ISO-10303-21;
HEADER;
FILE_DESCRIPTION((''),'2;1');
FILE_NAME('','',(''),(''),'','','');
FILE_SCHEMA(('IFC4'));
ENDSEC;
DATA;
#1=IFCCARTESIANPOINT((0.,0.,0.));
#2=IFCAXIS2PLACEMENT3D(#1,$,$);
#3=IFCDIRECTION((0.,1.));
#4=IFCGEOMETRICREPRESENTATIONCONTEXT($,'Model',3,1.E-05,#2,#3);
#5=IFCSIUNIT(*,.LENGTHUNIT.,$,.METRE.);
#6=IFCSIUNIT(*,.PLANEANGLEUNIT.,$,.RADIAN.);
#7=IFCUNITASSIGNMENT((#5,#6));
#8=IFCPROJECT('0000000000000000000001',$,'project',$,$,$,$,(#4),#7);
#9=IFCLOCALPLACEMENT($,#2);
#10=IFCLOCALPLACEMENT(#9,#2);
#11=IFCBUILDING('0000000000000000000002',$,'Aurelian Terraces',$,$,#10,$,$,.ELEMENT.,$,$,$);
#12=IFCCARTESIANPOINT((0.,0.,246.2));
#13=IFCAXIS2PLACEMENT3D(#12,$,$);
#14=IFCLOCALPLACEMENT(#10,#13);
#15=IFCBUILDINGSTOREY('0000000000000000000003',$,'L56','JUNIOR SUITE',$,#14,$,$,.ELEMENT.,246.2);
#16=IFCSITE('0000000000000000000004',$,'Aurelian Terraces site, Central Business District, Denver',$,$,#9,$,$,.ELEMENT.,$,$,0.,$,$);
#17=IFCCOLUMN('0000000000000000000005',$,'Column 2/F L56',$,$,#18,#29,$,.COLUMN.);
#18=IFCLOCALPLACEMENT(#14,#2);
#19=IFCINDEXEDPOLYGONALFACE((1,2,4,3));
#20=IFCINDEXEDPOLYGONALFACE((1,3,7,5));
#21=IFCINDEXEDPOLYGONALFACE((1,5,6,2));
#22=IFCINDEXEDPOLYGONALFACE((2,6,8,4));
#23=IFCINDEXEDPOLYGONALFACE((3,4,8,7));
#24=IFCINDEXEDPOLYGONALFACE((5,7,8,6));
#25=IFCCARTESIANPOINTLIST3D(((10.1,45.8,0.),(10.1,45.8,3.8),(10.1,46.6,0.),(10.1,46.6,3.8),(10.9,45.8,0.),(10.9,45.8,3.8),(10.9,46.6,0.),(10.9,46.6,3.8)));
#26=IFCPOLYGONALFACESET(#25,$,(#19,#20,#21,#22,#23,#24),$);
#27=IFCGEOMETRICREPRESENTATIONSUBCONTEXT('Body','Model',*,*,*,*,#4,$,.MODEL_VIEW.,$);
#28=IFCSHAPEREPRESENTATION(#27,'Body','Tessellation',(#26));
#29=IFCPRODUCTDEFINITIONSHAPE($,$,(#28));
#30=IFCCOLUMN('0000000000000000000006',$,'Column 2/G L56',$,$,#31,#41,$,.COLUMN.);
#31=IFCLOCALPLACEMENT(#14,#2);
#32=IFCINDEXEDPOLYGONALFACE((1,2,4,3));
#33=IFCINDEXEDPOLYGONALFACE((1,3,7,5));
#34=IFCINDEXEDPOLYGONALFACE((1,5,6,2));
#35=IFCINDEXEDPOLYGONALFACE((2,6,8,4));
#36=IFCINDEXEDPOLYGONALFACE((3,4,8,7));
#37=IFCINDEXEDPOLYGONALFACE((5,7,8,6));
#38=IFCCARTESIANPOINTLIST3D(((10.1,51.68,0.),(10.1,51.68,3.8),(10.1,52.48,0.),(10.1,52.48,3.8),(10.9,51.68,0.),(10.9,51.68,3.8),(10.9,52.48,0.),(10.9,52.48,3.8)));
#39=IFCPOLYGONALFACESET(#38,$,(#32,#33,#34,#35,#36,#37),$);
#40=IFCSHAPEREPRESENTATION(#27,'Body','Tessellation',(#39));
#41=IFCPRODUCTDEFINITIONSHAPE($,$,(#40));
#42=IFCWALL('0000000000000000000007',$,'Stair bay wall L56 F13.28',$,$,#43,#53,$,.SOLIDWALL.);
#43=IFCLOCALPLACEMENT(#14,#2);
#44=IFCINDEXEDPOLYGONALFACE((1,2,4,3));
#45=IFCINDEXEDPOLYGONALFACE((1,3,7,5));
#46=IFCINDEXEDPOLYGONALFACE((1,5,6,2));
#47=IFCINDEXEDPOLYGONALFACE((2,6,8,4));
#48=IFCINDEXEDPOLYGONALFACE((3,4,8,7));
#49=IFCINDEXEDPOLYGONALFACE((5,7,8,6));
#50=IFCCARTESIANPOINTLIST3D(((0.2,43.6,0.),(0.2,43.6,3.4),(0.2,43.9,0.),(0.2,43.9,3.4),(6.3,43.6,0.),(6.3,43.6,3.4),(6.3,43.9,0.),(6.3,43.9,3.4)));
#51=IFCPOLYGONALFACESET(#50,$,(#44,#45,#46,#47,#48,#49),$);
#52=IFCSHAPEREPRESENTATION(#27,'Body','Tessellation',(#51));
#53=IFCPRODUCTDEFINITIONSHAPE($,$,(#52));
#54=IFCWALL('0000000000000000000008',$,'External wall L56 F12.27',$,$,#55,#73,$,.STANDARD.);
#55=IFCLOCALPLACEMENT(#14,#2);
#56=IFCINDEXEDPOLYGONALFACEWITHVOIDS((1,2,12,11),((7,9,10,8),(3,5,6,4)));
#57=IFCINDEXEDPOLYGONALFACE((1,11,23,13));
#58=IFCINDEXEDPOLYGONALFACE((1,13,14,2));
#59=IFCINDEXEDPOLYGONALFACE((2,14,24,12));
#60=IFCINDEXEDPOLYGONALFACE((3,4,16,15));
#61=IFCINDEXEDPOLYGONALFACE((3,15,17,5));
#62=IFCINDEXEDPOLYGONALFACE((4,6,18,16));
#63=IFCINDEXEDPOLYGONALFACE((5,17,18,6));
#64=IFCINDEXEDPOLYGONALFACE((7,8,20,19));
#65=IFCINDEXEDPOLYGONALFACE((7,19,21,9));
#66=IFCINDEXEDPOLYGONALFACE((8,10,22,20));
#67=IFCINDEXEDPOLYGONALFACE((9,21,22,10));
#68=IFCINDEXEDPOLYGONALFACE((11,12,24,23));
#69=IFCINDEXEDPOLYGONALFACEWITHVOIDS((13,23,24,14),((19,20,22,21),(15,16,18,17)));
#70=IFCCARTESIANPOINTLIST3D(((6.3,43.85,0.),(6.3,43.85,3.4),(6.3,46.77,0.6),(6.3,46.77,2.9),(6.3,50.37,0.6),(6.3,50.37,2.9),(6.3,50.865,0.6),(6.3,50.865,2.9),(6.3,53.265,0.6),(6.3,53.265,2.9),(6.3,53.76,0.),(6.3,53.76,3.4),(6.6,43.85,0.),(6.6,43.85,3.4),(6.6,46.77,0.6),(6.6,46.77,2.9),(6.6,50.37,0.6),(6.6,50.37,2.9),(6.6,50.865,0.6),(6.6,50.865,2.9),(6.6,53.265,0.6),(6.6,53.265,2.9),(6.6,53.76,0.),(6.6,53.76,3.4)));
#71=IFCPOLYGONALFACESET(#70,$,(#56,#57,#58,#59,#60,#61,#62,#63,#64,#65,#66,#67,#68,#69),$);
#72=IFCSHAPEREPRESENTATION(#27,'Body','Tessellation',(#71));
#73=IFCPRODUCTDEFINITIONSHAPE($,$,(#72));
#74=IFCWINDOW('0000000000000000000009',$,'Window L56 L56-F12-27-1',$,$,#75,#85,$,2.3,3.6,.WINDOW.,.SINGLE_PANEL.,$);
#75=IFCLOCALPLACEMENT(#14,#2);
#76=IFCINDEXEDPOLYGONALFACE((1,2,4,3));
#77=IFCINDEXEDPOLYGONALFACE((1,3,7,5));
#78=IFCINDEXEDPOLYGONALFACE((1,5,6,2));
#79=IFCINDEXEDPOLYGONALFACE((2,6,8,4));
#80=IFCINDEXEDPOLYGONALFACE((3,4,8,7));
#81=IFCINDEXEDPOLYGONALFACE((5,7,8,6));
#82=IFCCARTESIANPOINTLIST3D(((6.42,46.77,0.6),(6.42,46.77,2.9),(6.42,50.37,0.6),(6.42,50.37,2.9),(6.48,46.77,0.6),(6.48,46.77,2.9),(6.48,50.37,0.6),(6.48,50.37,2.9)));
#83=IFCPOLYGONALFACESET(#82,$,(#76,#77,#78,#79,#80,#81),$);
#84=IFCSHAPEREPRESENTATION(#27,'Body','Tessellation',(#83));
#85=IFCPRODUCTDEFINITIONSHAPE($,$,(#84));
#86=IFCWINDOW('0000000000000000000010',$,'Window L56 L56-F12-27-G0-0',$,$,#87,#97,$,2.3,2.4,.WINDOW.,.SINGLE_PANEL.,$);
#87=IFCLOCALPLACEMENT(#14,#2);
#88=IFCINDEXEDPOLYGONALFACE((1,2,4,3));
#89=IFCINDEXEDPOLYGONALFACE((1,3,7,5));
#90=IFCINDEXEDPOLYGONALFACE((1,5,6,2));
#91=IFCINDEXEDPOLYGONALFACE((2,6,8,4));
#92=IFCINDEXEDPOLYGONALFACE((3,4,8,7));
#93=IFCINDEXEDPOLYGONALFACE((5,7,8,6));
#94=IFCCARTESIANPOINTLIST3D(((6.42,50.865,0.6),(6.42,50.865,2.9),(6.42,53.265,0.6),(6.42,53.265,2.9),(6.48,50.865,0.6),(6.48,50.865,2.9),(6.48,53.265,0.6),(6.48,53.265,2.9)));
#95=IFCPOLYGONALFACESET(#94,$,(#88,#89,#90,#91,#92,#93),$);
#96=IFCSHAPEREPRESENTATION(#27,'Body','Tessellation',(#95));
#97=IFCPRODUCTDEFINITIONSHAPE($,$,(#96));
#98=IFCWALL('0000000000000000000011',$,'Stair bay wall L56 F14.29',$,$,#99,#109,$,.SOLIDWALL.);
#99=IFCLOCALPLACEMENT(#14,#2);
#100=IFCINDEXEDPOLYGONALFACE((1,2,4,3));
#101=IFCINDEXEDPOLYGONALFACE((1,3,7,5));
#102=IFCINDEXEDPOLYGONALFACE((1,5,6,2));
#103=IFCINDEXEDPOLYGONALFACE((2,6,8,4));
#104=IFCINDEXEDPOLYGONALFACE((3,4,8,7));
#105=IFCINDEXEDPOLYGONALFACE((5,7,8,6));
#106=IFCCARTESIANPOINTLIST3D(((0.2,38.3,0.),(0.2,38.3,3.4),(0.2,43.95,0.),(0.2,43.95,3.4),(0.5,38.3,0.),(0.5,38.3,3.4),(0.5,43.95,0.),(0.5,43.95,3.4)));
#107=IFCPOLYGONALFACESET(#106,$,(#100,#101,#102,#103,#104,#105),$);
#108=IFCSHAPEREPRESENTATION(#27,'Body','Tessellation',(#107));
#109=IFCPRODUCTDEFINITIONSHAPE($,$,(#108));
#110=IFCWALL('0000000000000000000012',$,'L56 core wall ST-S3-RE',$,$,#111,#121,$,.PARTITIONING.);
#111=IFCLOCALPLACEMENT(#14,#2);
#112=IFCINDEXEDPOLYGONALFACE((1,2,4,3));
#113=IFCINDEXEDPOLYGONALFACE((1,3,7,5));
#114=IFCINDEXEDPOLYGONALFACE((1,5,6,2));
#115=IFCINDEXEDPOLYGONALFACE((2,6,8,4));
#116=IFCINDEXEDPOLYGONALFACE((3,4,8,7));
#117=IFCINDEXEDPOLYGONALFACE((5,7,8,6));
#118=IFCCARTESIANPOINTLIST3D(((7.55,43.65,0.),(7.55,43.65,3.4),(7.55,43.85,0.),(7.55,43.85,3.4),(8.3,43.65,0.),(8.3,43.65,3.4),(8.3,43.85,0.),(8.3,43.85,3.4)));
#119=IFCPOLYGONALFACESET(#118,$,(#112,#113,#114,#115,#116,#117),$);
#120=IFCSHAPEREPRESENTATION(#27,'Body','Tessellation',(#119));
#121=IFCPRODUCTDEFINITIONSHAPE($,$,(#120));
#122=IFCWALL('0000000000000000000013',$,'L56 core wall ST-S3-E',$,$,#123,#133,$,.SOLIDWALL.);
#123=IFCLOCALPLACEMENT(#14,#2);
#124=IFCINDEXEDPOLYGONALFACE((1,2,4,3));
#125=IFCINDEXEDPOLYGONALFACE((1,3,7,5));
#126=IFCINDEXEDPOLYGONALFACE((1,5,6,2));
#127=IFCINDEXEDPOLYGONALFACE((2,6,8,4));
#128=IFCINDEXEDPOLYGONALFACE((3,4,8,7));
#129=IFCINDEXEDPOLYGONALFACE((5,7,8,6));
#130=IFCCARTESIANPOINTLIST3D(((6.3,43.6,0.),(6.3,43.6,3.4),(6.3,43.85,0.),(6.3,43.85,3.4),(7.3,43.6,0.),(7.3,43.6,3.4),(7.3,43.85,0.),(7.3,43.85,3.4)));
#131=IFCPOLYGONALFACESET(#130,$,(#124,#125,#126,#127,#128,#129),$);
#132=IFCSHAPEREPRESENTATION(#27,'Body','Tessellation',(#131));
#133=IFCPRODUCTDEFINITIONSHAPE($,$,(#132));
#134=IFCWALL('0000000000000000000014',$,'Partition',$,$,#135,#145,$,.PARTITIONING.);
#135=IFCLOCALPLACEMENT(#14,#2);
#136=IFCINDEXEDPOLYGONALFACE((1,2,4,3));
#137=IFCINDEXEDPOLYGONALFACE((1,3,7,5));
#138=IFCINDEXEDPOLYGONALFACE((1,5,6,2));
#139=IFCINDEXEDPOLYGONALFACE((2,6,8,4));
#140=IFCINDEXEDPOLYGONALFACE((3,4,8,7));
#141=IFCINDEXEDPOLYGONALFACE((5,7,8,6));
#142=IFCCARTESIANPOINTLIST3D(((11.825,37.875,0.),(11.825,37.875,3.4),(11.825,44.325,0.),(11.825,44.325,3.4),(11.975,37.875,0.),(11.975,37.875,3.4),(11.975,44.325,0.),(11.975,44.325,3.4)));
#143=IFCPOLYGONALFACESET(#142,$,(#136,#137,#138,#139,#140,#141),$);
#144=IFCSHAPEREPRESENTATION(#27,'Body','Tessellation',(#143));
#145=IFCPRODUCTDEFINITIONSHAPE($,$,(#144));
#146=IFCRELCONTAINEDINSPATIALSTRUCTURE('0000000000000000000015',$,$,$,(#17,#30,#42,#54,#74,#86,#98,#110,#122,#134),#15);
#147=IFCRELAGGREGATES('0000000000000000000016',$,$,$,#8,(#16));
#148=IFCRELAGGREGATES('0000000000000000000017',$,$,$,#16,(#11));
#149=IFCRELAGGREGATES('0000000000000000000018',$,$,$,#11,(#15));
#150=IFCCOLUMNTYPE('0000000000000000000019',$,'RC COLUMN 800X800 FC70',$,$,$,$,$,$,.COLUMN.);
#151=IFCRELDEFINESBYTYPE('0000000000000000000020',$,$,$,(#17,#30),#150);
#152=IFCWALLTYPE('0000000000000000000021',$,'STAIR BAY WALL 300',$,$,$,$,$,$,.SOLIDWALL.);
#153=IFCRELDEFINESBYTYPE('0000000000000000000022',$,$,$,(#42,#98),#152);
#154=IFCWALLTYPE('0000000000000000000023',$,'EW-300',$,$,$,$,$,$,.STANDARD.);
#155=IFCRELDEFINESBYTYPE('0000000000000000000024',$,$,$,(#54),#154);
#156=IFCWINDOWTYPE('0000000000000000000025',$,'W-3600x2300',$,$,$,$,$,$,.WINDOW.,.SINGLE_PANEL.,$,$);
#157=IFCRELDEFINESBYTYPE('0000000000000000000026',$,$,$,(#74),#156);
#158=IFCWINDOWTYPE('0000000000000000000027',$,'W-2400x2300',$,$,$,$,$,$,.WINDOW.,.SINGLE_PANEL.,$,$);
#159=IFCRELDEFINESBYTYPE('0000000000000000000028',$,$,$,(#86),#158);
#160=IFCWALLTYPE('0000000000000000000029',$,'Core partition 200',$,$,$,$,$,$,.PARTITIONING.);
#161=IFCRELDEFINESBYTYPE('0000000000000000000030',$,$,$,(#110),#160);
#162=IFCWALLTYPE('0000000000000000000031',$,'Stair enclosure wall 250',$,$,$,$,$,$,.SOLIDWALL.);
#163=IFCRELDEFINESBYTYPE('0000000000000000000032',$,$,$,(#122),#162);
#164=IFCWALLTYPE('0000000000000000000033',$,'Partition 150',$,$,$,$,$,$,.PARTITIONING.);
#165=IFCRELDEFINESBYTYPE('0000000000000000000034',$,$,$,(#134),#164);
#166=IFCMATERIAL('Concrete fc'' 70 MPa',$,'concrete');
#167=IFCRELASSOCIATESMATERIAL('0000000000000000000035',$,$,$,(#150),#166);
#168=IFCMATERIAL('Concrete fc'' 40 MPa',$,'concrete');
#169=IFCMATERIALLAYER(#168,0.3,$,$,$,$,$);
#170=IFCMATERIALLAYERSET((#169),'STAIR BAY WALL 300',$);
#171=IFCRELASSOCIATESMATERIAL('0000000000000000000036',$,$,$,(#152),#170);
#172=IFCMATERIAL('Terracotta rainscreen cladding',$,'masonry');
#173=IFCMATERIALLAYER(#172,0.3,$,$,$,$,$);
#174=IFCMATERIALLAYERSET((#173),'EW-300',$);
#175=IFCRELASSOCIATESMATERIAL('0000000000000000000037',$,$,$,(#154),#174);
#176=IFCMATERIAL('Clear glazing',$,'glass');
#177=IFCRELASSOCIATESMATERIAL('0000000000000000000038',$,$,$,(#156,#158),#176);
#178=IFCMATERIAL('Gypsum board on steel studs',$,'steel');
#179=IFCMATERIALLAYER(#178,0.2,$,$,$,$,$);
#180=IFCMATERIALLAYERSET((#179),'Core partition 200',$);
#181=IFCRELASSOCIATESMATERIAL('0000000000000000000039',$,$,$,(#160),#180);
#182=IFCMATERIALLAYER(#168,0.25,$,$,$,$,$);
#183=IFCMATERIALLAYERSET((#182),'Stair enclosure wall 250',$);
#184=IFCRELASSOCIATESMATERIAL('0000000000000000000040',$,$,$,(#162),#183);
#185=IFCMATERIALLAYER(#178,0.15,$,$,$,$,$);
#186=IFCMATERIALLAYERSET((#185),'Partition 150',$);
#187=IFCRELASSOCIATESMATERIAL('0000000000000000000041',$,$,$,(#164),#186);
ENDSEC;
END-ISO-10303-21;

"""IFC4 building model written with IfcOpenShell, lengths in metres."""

from ifc_helpers import new_model, si_unit, direction, frame, frame_2d, origin, origin_2d, place, context, subcontext, project, spatial, rectangle, extrude, source, transform, mapped, material, layer, layer_set, material_profile, profile_set, type_object, element, fill, save


model = new_model("IFC4")

# Units and contexts
model_context = context("Model", 3, precision=1e-05, world=origin(), true_north=direction((0.0, 1.0)))
body_context = subcontext(model_context, "Body", "Model", "MODEL_VIEW")
ifc_project = project(units=[si_unit("LENGTHUNIT", "METRE"), si_unit("PLANEANGLEUNIT", "RADIAN")], contexts=[model_context])

# Site, building, storey
site_placement = place(None, origin())
site = spatial("IfcSite", under=ifc_project, at=site_placement, Name="Aurelian Terraces site, Central Business District, Denver", CompositionType="ELEMENT", RefElevation=0.0)
building_placement = place(site_placement, origin())
building = spatial("IfcBuilding", under=site, at=building_placement, Name="Aurelian Terraces", CompositionType="ELEMENT")
storey_placement = place(building_placement, frame((0.0, 0.0, 246.2)))
storey = spatial("IfcBuildingStorey", under=building, at=storey_placement, Name="L56", Description="JUNIOR SUITE", CompositionType="ELEMENT", Elevation=246.2)

# Columns
ifc_material_1 = material(Name="Concrete fc' 70 MPa", Category="concrete")
ifc_material_profile = material_profile(ifc_material_1, rectangle(XDim=0.8, YDim=0.8, at=origin_2d()))
ifc_profile_set = profile_set([ifc_material_profile], Name="Concrete fc' 70 MPa")
column_type = type_object("IfcColumnType", Name="RC COLUMN 800X800 FC70", PredefinedType="COLUMN", material=ifc_profile_set)
shared_shape_1 = source(origin(), body_context, "Body", "SweptSolid", [
    extrude(rectangle(XDim=0.8, YDim=0.8, at=origin_2d()), origin(), (0.0, 0.0, 1.0), 3.8),
])
for number, where, z_axis, x_axis, name in (
    (1, (10.5, 46.2, 0.0), (0.0, 0.0, 1.0), (1.0, 0.0, 0.0), "Column 2/F L56"),
    (2, (10.5, 52.08, 0.0), (0.0, 0.0, 1.0), (1.0, 0.0, 0.0), "Column 2/G L56"),
):
    element("IfcColumn", number, at=place(storey_placement, frame(where, z_axis=z_axis, x_axis=x_axis)), inside=storey, type_object=column_type, Name=name, PredefinedType="COLUMN", context=body_context, shape_type="MappedRepresentation", body=[
        mapped(shared_shape_1, transform((0.0, 0.0, 0.0), scale=1.0)),
    ])

# Wall
ifc_material_2 = material(Name="Concrete fc' 40 MPa", Category="concrete")
ifc_layer_1 = layer(ifc_material_2, 0.3)
ifc_layer_set_1 = layer_set([ifc_layer_1], Name="STAIR BAY WALL 300")
wall_type_1 = type_object("IfcWallType", Name="STAIR BAY WALL 300", PredefinedType="SOLIDWALL", material=ifc_layer_set_1)
shared_shape_2 = source(origin(), body_context, "Body", "SweptSolid", [
    extrude(rectangle(XDim=6.1, YDim=0.3, at=frame_2d((3.05, 0.0))), origin(), (0.0, 0.0, 1.0), 3.4),
])
wall_1_placement = place(storey_placement, frame((6.3, 43.75, 0.0), z_axis=(0.0, 0.0, 1.0), x_axis=(-1.0, 0.0, 0.0)))
element("IfcWall", 3, at=wall_1_placement, inside=storey, type_object=wall_type_1, Name="Stair bay wall L56 F13.28", PredefinedType="SOLIDWALL", context=body_context, shape_type="MappedRepresentation", body=[
    mapped(shared_shape_2, transform((0.0, 0.0, 0.0), scale=1.0)),
])

# Wall, openings, windows
ifc_material_3 = material(Name="Terracotta rainscreen cladding", Category="masonry")
ifc_layer_2 = layer(ifc_material_3, 0.3)
ifc_layer_set_2 = layer_set([ifc_layer_2], Name="EW-300")
wall_type_2 = type_object("IfcWallType", Name="EW-300", PredefinedType="STANDARD", material=ifc_layer_set_2)
shared_shape_3 = source(origin(), body_context, "Body", "SweptSolid", [
    extrude(rectangle(XDim=9.91, YDim=0.3, at=frame_2d((4.955, 0.0))), origin(), (0.0, 0.0, 1.0), 3.4),
])
wall_2_placement = place(storey_placement, frame((6.45, 53.76, 0.0), z_axis=(0.0, 0.0, 1.0), x_axis=(0.0, -1.0, 0.0)))
wall_2 = element("IfcWall", 4, at=wall_2_placement, inside=storey, type_object=wall_type_2, Name="External wall L56 F12.27", PredefinedType="STANDARD", context=body_context, shape_type="MappedRepresentation", body=[
    mapped(shared_shape_3, transform((0.0, 0.0, 0.0), scale=1.0)),
])
shared_shape_4 = source(origin(), body_context, "Body", "SweptSolid", [
    extrude(rectangle(XDim=3.6, YDim=2.3, at=frame_2d((1.8, 1.15))), frame((0.0, 0.16, 0.0), z_axis=(0.0, -1.0, 0.0), x_axis=(1.0, 0.0, 0.0)), (0.0, 0.0, 1.0), 0.32),
])
opening_1_placement = place(wall_2_placement, frame((3.39, 0.0, 0.6)))
opening_1 = element("IfcOpeningElement", 5, at=opening_1_placement, cuts=wall_2, PredefinedType="OPENING", context=body_context, shape_type="MappedRepresentation", body=[
    mapped(shared_shape_4, transform((0.0, 0.0, 0.0), scale=1.0)),
])
shared_shape_5 = source(origin(), body_context, "Body", "SweptSolid", [
    extrude(rectangle(XDim=2.4, YDim=2.3, at=frame_2d((1.2, 1.15))), frame((0.0, 0.16, 0.0), z_axis=(0.0, -1.0, 0.0), x_axis=(1.0, 0.0, 0.0)), (0.0, 0.0, 1.0), 0.32),
])
opening_2_placement = place(wall_2_placement, frame((0.495, 0.0, 0.6)))
opening_2 = element("IfcOpeningElement", 6, at=opening_2_placement, cuts=wall_2, PredefinedType="OPENING", context=body_context, shape_type="MappedRepresentation", body=[
    mapped(shared_shape_5, transform((0.0, 0.0, 0.0), scale=1.0)),
])
ifc_material_4 = material(Name="Clear glazing", Category="glass")
window_type_1 = type_object("IfcWindowType", Name="W-3600x2300", PartitioningType="SINGLE_PANEL", PredefinedType="WINDOW", material=ifc_material_4)
shared_shape_6 = source(origin(), body_context, "Body", "SweptSolid", [
    extrude(rectangle(XDim=3.6, YDim=2.3, at=frame_2d((1.8, 1.15))), frame((0.0, 0.03, 0.0), z_axis=(0.0, -1.0, 0.0), x_axis=(1.0, 0.0, 0.0)), (0.0, 0.0, 1.0), 0.06),
])
window_1_placement = place(opening_1_placement, origin())
window_1 = element("IfcWindow", 7, at=window_1_placement, inside=storey, type_object=window_type_1, Name="Window L56 L56-F12-27-1", OverallHeight=2.3, OverallWidth=3.6, PartitioningType="SINGLE_PANEL", PredefinedType="WINDOW", context=body_context, shape_type="MappedRepresentation", body=[
    mapped(shared_shape_6, transform((0.0, 0.0, 0.0), scale=1.0)),
])
fill(opening_1, window_1)
window_type_2 = type_object("IfcWindowType", Name="W-2400x2300", PartitioningType="SINGLE_PANEL", PredefinedType="WINDOW", material=ifc_material_4)
shared_shape_7 = source(origin(), body_context, "Body", "SweptSolid", [
    extrude(rectangle(XDim=2.4, YDim=2.3, at=frame_2d((1.2, 1.15))), frame((0.0, 0.03, 0.0), z_axis=(0.0, -1.0, 0.0), x_axis=(1.0, 0.0, 0.0)), (0.0, 0.0, 1.0), 0.06),
])
window_2_placement = place(opening_2_placement, origin())
window_2 = element("IfcWindow", 8, at=window_2_placement, inside=storey, type_object=window_type_2, Name="Window L56 L56-F12-27-G0-0", OverallHeight=2.3, OverallWidth=2.4, PartitioningType="SINGLE_PANEL", PredefinedType="WINDOW", context=body_context, shape_type="MappedRepresentation", body=[
    mapped(shared_shape_7, transform((0.0, 0.0, 0.0), scale=1.0)),
])
fill(opening_2, window_2)

# Walls
shared_shape_8 = source(origin(), body_context, "Body", "SweptSolid", [
    extrude(rectangle(XDim=5.65, YDim=0.3, at=frame_2d((2.825, 0.0))), origin(), (0.0, 0.0, 1.0), 3.4),
])
wall_3_placement = place(storey_placement, frame((0.35, 43.95, 0.0), z_axis=(0.0, 0.0, 1.0), x_axis=(0.0, -1.0, 0.0)))
element("IfcWall", 9, at=wall_3_placement, inside=storey, type_object=wall_type_1, Name="Stair bay wall L56 F14.29", PredefinedType="SOLIDWALL", context=body_context, shape_type="MappedRepresentation", body=[
    mapped(shared_shape_8, transform((0.0, 0.0, 0.0), scale=1.0)),
])
ifc_material_5 = material(Name="Gypsum board on steel studs", Category="steel")
ifc_layer_3 = layer(ifc_material_5, 0.2)
ifc_layer_set_3 = layer_set([ifc_layer_3], Name="Core partition 200")
wall_type_3 = type_object("IfcWallType", Name="Core partition 200", PredefinedType="PARTITIONING", material=ifc_layer_set_3)
shared_shape_9 = source(origin(), body_context, "Body", "SweptSolid", [
    extrude(rectangle(XDim=0.75, YDim=0.2, at=frame_2d((0.375, 0.0))), origin(), (0.0, 0.0, 1.0), 3.4),
])
wall_4_placement = place(storey_placement, frame((7.55, 43.75, 0.0), z_axis=(0.0, 0.0, 1.0), x_axis=(1.0, 0.0, 0.0)))
element("IfcWall", 10, at=wall_4_placement, inside=storey, type_object=wall_type_3, Name="L56 core wall ST-S3-RE", PredefinedType="PARTITIONING", context=body_context, shape_type="MappedRepresentation", body=[
    mapped(shared_shape_9, transform((0.0, 0.0, 0.0), scale=1.0)),
])
ifc_layer_4 = layer(ifc_material_2, 0.25)
ifc_layer_set_4 = layer_set([ifc_layer_4], Name="Stair enclosure wall 250")
wall_type_4 = type_object("IfcWallType", Name="Stair enclosure wall 250", PredefinedType="SOLIDWALL", material=ifc_layer_set_4)
shared_shape_10 = source(origin(), body_context, "Body", "SweptSolid", [
    extrude(rectangle(XDim=1.0, YDim=0.25, at=frame_2d((0.5, 0.0))), origin(), (0.0, 0.0, 1.0), 3.4),
])
wall_5_placement = place(storey_placement, frame((6.3, 43.725, 0.0), z_axis=(0.0, 0.0, 1.0), x_axis=(1.0, 0.0, 0.0)))
element("IfcWall", 11, at=wall_5_placement, inside=storey, type_object=wall_type_4, Name="L56 core wall ST-S3-E", PredefinedType="SOLIDWALL", context=body_context, shape_type="MappedRepresentation", body=[
    mapped(shared_shape_10, transform((0.0, 0.0, 0.0), scale=1.0)),
])
ifc_layer_5 = layer(ifc_material_5, 0.15)
ifc_layer_set_5 = layer_set([ifc_layer_5], Name="Partition 150")
wall_type_5 = type_object("IfcWallType", Name="Partition 150", PredefinedType="PARTITIONING", material=ifc_layer_set_5)
shared_shape_11 = source(origin(), body_context, "Body", "SweptSolid", [
    extrude(rectangle(XDim=6.45, YDim=0.15, at=frame_2d((3.225, 0.0))), origin(), (0.0, 0.0, 1.0), 3.4),
])
wall_6_placement = place(storey_placement, frame((11.9, 44.325, 0.0), z_axis=(0.0, 0.0, 1.0), x_axis=(0.0, -1.0, 0.0)))
element("IfcWall", 12, at=wall_6_placement, inside=storey, type_object=wall_type_5, Name="Partition", PredefinedType="PARTITIONING", context=body_context, shape_type="MappedRepresentation", body=[
    mapped(shared_shape_11, transform((0.0, 0.0, 0.0), scale=1.0)),
])

save(model, "model.ifc")
